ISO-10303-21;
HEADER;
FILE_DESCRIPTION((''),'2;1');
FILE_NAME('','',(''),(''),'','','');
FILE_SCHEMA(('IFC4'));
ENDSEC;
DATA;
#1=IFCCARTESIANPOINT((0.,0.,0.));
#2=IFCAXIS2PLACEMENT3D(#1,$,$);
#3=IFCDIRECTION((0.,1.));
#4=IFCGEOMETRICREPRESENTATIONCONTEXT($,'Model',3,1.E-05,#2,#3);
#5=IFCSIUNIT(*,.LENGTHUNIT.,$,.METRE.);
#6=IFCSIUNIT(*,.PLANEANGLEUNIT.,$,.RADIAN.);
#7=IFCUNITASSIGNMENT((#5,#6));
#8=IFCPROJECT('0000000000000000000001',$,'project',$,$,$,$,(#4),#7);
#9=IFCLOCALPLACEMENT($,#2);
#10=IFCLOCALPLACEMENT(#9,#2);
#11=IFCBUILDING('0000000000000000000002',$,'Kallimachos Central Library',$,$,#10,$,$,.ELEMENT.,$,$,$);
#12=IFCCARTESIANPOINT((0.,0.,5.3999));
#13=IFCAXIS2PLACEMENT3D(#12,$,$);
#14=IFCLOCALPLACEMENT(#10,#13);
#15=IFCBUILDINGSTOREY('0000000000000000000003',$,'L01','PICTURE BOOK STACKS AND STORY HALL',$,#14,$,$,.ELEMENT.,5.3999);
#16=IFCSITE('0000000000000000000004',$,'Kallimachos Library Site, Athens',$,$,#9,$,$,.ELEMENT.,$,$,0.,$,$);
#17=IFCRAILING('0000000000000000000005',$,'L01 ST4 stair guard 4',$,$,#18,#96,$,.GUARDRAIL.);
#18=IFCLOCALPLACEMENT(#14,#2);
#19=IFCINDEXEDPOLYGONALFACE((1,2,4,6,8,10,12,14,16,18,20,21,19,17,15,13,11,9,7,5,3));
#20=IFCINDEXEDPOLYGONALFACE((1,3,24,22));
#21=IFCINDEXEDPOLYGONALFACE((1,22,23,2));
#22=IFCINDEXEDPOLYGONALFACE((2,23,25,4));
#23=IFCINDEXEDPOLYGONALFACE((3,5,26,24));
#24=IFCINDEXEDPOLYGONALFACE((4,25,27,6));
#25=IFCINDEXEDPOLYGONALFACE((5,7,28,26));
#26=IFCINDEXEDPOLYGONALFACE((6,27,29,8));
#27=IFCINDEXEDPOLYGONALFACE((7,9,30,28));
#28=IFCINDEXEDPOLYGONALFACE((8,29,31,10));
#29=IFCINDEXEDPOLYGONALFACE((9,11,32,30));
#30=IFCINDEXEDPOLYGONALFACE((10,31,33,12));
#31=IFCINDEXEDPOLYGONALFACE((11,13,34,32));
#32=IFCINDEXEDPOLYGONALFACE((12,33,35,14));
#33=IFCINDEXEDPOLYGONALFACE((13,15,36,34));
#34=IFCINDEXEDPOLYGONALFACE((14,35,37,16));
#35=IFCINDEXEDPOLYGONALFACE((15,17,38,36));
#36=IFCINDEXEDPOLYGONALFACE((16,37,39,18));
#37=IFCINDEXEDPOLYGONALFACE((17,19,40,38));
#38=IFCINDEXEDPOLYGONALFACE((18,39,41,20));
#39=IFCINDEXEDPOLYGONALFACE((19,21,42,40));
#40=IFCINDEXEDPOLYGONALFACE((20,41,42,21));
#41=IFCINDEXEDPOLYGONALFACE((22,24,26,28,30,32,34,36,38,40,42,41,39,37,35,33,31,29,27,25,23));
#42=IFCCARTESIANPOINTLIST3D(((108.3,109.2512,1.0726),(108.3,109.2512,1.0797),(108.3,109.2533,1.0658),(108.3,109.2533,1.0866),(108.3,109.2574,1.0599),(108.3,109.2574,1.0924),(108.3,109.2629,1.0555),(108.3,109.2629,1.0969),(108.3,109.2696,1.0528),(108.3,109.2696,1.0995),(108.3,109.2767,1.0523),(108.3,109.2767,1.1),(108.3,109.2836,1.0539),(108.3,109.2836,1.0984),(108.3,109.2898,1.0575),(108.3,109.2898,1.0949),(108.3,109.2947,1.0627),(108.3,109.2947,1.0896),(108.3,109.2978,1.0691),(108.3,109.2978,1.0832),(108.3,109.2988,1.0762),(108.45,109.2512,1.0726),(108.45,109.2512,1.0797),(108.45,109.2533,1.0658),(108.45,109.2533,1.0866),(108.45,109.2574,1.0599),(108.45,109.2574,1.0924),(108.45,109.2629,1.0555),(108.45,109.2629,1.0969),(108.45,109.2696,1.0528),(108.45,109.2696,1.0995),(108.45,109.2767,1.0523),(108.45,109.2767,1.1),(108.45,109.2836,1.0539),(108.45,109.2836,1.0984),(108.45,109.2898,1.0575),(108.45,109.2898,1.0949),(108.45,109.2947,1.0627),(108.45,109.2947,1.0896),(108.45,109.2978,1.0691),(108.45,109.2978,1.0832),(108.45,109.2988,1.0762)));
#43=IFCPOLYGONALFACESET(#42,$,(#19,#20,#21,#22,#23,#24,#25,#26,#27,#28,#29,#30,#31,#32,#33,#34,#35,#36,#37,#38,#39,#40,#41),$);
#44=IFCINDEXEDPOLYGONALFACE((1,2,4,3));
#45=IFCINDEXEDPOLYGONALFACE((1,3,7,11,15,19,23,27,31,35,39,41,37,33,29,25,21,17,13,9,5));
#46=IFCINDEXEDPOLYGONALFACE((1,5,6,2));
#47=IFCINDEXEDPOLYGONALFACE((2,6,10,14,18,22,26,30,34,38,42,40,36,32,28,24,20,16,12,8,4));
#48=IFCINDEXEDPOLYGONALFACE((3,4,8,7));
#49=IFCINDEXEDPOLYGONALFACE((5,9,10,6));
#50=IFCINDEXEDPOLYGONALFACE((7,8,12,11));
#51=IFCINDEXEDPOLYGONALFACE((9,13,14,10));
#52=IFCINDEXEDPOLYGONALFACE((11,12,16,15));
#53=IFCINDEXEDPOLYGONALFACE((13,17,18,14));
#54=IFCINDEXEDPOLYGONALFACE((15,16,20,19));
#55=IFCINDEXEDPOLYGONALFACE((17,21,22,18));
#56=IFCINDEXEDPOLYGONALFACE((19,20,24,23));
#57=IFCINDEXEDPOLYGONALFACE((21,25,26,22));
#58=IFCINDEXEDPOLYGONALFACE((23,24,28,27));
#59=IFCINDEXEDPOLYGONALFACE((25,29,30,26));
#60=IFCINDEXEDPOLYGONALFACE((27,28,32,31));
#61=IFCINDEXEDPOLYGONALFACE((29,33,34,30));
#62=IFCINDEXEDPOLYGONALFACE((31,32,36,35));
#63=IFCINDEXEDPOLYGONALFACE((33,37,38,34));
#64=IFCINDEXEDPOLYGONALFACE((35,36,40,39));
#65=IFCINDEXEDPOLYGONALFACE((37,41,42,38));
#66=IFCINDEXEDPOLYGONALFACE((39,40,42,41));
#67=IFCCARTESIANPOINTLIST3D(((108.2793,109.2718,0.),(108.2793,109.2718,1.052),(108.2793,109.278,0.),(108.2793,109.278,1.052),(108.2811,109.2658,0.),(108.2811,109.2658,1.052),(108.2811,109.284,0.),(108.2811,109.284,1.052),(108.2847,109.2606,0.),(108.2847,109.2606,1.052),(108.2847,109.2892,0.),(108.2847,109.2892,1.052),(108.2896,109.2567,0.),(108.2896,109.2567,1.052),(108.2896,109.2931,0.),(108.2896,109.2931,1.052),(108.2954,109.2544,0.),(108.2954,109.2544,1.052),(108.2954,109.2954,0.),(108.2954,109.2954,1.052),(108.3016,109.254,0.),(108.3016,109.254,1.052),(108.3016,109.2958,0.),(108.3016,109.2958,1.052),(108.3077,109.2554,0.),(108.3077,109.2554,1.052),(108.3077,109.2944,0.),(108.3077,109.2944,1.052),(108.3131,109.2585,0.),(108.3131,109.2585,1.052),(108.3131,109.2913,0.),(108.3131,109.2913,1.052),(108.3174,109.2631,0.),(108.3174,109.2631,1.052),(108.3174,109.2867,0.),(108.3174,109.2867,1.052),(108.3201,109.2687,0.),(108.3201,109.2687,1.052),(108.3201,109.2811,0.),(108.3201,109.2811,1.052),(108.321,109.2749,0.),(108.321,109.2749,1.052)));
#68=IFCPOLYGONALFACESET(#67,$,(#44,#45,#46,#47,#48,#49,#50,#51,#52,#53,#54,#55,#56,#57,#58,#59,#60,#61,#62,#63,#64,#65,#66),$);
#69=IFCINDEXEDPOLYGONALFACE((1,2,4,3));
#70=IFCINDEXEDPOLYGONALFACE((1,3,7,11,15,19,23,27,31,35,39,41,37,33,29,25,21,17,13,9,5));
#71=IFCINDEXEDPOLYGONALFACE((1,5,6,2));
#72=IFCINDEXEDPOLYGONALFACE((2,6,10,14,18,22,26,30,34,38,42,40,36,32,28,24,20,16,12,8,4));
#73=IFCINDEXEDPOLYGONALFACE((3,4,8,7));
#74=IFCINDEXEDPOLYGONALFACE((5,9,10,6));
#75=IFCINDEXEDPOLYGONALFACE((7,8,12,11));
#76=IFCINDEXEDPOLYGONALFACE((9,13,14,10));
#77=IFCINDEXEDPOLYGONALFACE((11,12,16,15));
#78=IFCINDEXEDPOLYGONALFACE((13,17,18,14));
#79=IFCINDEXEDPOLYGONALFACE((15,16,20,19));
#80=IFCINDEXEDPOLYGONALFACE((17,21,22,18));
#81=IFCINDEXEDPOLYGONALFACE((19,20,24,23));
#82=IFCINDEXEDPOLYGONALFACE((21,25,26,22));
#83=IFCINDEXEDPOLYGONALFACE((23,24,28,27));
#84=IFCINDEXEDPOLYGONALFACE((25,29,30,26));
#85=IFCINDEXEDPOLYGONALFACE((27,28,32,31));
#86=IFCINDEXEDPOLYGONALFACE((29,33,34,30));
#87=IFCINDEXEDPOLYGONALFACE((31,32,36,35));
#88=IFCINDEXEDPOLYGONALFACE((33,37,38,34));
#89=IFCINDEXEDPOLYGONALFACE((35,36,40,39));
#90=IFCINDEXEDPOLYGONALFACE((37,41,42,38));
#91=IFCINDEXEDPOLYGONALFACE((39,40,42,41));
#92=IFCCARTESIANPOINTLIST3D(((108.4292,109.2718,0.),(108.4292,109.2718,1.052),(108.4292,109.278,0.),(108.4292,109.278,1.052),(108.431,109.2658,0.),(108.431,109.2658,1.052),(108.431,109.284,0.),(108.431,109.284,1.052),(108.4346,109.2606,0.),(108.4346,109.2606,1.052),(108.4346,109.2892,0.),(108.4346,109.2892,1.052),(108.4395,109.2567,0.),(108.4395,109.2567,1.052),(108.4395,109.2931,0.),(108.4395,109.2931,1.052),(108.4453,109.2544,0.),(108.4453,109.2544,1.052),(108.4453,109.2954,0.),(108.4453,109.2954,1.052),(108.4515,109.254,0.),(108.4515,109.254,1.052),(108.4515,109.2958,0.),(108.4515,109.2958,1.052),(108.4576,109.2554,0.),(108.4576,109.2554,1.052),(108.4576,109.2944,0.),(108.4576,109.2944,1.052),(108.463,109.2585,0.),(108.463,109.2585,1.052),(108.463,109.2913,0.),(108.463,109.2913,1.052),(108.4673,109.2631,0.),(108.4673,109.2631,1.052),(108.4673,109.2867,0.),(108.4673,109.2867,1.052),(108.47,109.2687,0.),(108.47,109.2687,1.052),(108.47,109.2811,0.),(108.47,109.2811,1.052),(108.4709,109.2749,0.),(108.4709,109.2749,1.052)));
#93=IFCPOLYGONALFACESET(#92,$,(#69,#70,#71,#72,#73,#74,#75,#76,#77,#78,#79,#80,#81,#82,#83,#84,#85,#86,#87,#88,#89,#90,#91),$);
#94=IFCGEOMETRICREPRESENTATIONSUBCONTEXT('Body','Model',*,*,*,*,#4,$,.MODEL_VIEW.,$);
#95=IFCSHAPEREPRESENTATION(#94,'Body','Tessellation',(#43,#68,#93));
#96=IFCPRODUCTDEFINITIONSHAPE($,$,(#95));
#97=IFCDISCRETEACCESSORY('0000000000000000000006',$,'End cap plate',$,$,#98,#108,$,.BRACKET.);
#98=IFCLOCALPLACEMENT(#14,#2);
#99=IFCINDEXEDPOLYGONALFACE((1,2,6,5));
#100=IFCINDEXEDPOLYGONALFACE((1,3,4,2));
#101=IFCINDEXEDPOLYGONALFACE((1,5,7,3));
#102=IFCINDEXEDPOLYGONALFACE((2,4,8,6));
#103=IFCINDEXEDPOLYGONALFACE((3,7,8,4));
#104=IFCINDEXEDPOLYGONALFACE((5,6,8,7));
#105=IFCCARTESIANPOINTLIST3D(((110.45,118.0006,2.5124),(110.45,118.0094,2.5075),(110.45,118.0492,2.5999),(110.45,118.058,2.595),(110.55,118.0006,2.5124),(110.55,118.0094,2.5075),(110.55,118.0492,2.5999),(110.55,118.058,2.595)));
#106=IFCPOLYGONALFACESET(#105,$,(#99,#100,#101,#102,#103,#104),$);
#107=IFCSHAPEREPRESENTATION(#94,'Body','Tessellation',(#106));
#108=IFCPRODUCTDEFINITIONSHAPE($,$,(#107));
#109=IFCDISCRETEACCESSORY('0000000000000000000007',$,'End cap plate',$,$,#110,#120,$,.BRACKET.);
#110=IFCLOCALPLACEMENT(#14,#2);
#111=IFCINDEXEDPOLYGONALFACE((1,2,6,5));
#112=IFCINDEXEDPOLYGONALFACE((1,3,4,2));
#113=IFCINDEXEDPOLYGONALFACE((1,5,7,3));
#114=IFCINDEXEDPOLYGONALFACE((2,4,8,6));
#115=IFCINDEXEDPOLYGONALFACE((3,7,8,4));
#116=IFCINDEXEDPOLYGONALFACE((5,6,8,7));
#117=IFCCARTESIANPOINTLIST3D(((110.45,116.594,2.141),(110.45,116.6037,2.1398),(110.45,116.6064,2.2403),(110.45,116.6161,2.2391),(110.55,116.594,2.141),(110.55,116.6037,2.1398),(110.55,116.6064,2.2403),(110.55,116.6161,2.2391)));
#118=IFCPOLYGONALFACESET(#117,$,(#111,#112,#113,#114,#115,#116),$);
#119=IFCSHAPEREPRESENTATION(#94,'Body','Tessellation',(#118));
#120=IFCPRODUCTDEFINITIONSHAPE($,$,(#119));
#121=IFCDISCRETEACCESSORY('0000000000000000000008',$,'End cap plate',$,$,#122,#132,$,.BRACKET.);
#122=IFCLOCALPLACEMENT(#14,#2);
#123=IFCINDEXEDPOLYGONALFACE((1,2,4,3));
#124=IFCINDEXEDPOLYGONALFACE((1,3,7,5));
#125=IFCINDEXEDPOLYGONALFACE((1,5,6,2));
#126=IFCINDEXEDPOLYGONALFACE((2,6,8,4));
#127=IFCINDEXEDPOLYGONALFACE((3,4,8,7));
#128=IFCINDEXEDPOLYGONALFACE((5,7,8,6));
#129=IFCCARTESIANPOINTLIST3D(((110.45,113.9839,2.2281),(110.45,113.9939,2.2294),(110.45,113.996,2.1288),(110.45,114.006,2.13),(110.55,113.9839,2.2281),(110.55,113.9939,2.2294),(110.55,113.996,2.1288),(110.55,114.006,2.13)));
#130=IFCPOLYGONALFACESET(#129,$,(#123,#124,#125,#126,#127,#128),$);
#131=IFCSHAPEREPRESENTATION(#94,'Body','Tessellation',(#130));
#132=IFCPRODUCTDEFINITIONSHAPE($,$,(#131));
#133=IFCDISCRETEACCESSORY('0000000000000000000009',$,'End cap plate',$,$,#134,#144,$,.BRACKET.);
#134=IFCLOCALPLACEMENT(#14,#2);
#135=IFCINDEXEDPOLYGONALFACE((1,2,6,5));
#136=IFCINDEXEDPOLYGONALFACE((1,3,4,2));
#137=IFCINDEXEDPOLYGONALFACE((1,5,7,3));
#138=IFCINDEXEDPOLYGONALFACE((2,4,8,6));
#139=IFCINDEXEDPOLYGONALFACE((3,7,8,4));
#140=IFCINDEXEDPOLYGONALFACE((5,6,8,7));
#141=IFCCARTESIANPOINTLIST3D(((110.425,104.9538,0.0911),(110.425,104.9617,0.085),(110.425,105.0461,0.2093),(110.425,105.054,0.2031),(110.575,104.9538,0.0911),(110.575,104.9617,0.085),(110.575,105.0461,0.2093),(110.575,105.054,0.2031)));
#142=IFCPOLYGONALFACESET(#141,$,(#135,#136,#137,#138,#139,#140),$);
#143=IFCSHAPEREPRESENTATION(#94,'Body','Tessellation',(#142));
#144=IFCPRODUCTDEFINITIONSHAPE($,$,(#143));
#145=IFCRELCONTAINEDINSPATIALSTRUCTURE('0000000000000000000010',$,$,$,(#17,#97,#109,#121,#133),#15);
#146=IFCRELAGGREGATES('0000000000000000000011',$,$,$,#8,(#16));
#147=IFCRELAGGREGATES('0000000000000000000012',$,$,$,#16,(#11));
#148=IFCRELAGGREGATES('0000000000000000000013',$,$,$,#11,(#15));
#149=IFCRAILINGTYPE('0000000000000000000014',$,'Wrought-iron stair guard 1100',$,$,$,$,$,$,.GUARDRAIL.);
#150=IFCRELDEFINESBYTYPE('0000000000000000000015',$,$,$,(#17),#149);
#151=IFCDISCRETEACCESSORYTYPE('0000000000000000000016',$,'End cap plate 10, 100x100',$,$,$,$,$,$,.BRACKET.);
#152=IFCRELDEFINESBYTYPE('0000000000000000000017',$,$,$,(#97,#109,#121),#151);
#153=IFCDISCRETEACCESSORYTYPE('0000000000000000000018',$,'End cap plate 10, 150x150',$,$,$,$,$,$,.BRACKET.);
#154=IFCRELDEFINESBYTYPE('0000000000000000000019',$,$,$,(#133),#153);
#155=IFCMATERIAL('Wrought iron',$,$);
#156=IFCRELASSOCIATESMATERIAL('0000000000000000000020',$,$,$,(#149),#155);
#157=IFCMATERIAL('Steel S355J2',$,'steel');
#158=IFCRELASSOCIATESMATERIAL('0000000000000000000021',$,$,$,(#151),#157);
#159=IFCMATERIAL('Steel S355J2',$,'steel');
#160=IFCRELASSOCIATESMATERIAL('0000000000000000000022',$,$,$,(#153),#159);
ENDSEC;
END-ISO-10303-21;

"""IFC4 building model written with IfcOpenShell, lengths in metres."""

from ifc_helpers import new_model, si_unit, direction, frame, origin, origin_2d, place, context, subcontext, project, spatial, rectangle, circle, extrude, material, material_profile, profile_set, type_object, element, save


model = new_model("IFC4")

# Units and contexts
model_context = context("Model", 3, precision=1e-05, world=origin(), true_north=direction((0.0, 1.0)))
body_context = subcontext(model_context, "Body", "Model", "MODEL_VIEW")
ifc_project = project(units=[si_unit("LENGTHUNIT", "METRE"), si_unit("PLANEANGLEUNIT", "RADIAN")], contexts=[model_context])

# Site, building, storey
site_placement = place(None, origin())
site = spatial("IfcSite", under=ifc_project, at=site_placement, Name="Kallimachos Library Site, Athens", CompositionType="ELEMENT", RefElevation=0.0)
building_placement = place(site_placement, origin())
building = spatial("IfcBuilding", under=site, at=building_placement, Name="Kallimachos Central Library", CompositionType="ELEMENT")
storey_placement = place(building_placement, frame((0.0, 0.0, 5.3999)))
storey = spatial("IfcBuildingStorey", under=building, at=storey_placement, Name="L01", Description="PICTURE BOOK STACKS AND STORY HALL", CompositionType="ELEMENT", Elevation=5.3999)

# Railing
ifc_material_1 = material(Name="Wrought iron")
railing_type_1 = type_object("IfcRailingType", Name="Wrought-iron stair guard 1100", PredefinedType="GUARDRAIL", material=ifc_material_1)
railing_1_placement = place(storey_placement, frame((108.3, 109.2749, 0.0)))
element("IfcRailing", 1, at=railing_1_placement, inside=storey, type_object=railing_type_1, Name="L01 ST4 stair guard 4", PredefinedType="GUARDRAIL", context=body_context, shape_type="SweptSolid", body=[
    extrude(circle(Radius=0.0239, at=origin_2d()), frame((0.0, 0.0, 1.0762), z_axis=(1.0, 0.0, 0.0), x_axis=(0.0, 1.0, 0.0)), (0.0, 0.0, 1.0), 0.1499),
    extrude(circle(Radius=0.021, at=origin_2d()), origin(), (0.0, 0.0, 1.0), 1.052),
    extrude(circle(Radius=0.021, at=origin_2d()), frame((0.1499, 0.0, 0.0)), (0.0, 0.0, 1.0), 1.052),
])

# Discrete accessories
ifc_material_2 = material(Name="Steel S355J2", Category="steel")
ifc_material_profile_1 = material_profile(ifc_material_2, rectangle(XDim=0.1001, YDim=0.1001, at=origin_2d()), Name="End cap plate 10, 100x100")
ifc_profile_set_1 = profile_set([ifc_material_profile_1], Name="Steel S355J2")
discrete_accessory_type_1 = type_object("IfcDiscreteAccessoryType", Name="End cap plate 10, 100x100", PredefinedType="BRACKET", material=ifc_profile_set_1)
discrete_accessory_1_placement = place(storey_placement, frame((110.5, 118.0337, 2.5513), z_axis=(0.0, -0.874157, 0.485643), x_axis=(1.0, 0.0, 0.0)))
element("IfcDiscreteAccessory", 2, at=discrete_accessory_1_placement, inside=storey, type_object=discrete_accessory_type_1, Name="End cap plate", PredefinedType="BRACKET", context=body_context, shape_type="SweptSolid", body=[
    extrude(rectangle(XDim=0.1001, YDim=0.1001, at=origin_2d()), origin(), (0.0, 0.0, 1.0), 0.01),
])
discrete_accessory_2_placement = place(storey_placement, frame((110.5, 116.6099, 2.1895), z_axis=(0.0, -0.992278, 0.124035), x_axis=(1.0, 0.0, 0.0)))
element("IfcDiscreteAccessory", 3, at=discrete_accessory_2_placement, inside=storey, type_object=discrete_accessory_type_1, Name="End cap plate", PredefinedType="BRACKET", context=body_context, shape_type="SweptSolid", body=[
    extrude(rectangle(XDim=0.1001, YDim=0.1001, at=origin_2d()), origin(), (0.0, 0.0, 1.0), 0.0098),
])
discrete_accessory_3_placement = place(storey_placement, frame((110.5, 113.99, 2.1785), z_axis=(0.0, 0.992646, 0.121054), x_axis=(-1.0, 0.0, 0.0)))
element("IfcDiscreteAccessory", 4, at=discrete_accessory_3_placement, inside=storey, type_object=discrete_accessory_type_1, Name="End cap plate", PredefinedType="BRACKET", context=body_context, shape_type="SweptSolid", body=[
    extrude(rectangle(XDim=0.1001, YDim=0.1001, at=origin_2d()), origin(), (0.0, 0.0, 1.0), 0.01),
])
ifc_material_3 = material(Name="Steel S355J2", Category="steel")
ifc_material_profile_2 = material_profile(ifc_material_3, rectangle(XDim=0.1499, YDim=0.1499, at=origin_2d()), Name="End cap plate 10, 150x150")
ifc_profile_set_2 = profile_set([ifc_material_profile_2], Name="Steel S355J2")
discrete_accessory_type_2 = type_object("IfcDiscreteAccessoryType", Name="End cap plate 10, 150x150", PredefinedType="BRACKET", material=ifc_profile_set_2)
discrete_accessory_4_placement = place(storey_placement, frame((110.5, 105.0078, 0.144), z_axis=(0.0, -0.788024, 0.615644), x_axis=(1.0, 0.0, 0.0)))
element("IfcDiscreteAccessory", 5, at=discrete_accessory_4_placement, inside=storey, type_object=discrete_accessory_type_2, Name="End cap plate", PredefinedType="BRACKET", context=body_context, shape_type="SweptSolid", body=[
    extrude(rectangle(XDim=0.1499, YDim=0.1499, at=origin_2d()), origin(), (0.0, 0.0, 1.0), 0.01),
])

save(model, "model.ifc")
